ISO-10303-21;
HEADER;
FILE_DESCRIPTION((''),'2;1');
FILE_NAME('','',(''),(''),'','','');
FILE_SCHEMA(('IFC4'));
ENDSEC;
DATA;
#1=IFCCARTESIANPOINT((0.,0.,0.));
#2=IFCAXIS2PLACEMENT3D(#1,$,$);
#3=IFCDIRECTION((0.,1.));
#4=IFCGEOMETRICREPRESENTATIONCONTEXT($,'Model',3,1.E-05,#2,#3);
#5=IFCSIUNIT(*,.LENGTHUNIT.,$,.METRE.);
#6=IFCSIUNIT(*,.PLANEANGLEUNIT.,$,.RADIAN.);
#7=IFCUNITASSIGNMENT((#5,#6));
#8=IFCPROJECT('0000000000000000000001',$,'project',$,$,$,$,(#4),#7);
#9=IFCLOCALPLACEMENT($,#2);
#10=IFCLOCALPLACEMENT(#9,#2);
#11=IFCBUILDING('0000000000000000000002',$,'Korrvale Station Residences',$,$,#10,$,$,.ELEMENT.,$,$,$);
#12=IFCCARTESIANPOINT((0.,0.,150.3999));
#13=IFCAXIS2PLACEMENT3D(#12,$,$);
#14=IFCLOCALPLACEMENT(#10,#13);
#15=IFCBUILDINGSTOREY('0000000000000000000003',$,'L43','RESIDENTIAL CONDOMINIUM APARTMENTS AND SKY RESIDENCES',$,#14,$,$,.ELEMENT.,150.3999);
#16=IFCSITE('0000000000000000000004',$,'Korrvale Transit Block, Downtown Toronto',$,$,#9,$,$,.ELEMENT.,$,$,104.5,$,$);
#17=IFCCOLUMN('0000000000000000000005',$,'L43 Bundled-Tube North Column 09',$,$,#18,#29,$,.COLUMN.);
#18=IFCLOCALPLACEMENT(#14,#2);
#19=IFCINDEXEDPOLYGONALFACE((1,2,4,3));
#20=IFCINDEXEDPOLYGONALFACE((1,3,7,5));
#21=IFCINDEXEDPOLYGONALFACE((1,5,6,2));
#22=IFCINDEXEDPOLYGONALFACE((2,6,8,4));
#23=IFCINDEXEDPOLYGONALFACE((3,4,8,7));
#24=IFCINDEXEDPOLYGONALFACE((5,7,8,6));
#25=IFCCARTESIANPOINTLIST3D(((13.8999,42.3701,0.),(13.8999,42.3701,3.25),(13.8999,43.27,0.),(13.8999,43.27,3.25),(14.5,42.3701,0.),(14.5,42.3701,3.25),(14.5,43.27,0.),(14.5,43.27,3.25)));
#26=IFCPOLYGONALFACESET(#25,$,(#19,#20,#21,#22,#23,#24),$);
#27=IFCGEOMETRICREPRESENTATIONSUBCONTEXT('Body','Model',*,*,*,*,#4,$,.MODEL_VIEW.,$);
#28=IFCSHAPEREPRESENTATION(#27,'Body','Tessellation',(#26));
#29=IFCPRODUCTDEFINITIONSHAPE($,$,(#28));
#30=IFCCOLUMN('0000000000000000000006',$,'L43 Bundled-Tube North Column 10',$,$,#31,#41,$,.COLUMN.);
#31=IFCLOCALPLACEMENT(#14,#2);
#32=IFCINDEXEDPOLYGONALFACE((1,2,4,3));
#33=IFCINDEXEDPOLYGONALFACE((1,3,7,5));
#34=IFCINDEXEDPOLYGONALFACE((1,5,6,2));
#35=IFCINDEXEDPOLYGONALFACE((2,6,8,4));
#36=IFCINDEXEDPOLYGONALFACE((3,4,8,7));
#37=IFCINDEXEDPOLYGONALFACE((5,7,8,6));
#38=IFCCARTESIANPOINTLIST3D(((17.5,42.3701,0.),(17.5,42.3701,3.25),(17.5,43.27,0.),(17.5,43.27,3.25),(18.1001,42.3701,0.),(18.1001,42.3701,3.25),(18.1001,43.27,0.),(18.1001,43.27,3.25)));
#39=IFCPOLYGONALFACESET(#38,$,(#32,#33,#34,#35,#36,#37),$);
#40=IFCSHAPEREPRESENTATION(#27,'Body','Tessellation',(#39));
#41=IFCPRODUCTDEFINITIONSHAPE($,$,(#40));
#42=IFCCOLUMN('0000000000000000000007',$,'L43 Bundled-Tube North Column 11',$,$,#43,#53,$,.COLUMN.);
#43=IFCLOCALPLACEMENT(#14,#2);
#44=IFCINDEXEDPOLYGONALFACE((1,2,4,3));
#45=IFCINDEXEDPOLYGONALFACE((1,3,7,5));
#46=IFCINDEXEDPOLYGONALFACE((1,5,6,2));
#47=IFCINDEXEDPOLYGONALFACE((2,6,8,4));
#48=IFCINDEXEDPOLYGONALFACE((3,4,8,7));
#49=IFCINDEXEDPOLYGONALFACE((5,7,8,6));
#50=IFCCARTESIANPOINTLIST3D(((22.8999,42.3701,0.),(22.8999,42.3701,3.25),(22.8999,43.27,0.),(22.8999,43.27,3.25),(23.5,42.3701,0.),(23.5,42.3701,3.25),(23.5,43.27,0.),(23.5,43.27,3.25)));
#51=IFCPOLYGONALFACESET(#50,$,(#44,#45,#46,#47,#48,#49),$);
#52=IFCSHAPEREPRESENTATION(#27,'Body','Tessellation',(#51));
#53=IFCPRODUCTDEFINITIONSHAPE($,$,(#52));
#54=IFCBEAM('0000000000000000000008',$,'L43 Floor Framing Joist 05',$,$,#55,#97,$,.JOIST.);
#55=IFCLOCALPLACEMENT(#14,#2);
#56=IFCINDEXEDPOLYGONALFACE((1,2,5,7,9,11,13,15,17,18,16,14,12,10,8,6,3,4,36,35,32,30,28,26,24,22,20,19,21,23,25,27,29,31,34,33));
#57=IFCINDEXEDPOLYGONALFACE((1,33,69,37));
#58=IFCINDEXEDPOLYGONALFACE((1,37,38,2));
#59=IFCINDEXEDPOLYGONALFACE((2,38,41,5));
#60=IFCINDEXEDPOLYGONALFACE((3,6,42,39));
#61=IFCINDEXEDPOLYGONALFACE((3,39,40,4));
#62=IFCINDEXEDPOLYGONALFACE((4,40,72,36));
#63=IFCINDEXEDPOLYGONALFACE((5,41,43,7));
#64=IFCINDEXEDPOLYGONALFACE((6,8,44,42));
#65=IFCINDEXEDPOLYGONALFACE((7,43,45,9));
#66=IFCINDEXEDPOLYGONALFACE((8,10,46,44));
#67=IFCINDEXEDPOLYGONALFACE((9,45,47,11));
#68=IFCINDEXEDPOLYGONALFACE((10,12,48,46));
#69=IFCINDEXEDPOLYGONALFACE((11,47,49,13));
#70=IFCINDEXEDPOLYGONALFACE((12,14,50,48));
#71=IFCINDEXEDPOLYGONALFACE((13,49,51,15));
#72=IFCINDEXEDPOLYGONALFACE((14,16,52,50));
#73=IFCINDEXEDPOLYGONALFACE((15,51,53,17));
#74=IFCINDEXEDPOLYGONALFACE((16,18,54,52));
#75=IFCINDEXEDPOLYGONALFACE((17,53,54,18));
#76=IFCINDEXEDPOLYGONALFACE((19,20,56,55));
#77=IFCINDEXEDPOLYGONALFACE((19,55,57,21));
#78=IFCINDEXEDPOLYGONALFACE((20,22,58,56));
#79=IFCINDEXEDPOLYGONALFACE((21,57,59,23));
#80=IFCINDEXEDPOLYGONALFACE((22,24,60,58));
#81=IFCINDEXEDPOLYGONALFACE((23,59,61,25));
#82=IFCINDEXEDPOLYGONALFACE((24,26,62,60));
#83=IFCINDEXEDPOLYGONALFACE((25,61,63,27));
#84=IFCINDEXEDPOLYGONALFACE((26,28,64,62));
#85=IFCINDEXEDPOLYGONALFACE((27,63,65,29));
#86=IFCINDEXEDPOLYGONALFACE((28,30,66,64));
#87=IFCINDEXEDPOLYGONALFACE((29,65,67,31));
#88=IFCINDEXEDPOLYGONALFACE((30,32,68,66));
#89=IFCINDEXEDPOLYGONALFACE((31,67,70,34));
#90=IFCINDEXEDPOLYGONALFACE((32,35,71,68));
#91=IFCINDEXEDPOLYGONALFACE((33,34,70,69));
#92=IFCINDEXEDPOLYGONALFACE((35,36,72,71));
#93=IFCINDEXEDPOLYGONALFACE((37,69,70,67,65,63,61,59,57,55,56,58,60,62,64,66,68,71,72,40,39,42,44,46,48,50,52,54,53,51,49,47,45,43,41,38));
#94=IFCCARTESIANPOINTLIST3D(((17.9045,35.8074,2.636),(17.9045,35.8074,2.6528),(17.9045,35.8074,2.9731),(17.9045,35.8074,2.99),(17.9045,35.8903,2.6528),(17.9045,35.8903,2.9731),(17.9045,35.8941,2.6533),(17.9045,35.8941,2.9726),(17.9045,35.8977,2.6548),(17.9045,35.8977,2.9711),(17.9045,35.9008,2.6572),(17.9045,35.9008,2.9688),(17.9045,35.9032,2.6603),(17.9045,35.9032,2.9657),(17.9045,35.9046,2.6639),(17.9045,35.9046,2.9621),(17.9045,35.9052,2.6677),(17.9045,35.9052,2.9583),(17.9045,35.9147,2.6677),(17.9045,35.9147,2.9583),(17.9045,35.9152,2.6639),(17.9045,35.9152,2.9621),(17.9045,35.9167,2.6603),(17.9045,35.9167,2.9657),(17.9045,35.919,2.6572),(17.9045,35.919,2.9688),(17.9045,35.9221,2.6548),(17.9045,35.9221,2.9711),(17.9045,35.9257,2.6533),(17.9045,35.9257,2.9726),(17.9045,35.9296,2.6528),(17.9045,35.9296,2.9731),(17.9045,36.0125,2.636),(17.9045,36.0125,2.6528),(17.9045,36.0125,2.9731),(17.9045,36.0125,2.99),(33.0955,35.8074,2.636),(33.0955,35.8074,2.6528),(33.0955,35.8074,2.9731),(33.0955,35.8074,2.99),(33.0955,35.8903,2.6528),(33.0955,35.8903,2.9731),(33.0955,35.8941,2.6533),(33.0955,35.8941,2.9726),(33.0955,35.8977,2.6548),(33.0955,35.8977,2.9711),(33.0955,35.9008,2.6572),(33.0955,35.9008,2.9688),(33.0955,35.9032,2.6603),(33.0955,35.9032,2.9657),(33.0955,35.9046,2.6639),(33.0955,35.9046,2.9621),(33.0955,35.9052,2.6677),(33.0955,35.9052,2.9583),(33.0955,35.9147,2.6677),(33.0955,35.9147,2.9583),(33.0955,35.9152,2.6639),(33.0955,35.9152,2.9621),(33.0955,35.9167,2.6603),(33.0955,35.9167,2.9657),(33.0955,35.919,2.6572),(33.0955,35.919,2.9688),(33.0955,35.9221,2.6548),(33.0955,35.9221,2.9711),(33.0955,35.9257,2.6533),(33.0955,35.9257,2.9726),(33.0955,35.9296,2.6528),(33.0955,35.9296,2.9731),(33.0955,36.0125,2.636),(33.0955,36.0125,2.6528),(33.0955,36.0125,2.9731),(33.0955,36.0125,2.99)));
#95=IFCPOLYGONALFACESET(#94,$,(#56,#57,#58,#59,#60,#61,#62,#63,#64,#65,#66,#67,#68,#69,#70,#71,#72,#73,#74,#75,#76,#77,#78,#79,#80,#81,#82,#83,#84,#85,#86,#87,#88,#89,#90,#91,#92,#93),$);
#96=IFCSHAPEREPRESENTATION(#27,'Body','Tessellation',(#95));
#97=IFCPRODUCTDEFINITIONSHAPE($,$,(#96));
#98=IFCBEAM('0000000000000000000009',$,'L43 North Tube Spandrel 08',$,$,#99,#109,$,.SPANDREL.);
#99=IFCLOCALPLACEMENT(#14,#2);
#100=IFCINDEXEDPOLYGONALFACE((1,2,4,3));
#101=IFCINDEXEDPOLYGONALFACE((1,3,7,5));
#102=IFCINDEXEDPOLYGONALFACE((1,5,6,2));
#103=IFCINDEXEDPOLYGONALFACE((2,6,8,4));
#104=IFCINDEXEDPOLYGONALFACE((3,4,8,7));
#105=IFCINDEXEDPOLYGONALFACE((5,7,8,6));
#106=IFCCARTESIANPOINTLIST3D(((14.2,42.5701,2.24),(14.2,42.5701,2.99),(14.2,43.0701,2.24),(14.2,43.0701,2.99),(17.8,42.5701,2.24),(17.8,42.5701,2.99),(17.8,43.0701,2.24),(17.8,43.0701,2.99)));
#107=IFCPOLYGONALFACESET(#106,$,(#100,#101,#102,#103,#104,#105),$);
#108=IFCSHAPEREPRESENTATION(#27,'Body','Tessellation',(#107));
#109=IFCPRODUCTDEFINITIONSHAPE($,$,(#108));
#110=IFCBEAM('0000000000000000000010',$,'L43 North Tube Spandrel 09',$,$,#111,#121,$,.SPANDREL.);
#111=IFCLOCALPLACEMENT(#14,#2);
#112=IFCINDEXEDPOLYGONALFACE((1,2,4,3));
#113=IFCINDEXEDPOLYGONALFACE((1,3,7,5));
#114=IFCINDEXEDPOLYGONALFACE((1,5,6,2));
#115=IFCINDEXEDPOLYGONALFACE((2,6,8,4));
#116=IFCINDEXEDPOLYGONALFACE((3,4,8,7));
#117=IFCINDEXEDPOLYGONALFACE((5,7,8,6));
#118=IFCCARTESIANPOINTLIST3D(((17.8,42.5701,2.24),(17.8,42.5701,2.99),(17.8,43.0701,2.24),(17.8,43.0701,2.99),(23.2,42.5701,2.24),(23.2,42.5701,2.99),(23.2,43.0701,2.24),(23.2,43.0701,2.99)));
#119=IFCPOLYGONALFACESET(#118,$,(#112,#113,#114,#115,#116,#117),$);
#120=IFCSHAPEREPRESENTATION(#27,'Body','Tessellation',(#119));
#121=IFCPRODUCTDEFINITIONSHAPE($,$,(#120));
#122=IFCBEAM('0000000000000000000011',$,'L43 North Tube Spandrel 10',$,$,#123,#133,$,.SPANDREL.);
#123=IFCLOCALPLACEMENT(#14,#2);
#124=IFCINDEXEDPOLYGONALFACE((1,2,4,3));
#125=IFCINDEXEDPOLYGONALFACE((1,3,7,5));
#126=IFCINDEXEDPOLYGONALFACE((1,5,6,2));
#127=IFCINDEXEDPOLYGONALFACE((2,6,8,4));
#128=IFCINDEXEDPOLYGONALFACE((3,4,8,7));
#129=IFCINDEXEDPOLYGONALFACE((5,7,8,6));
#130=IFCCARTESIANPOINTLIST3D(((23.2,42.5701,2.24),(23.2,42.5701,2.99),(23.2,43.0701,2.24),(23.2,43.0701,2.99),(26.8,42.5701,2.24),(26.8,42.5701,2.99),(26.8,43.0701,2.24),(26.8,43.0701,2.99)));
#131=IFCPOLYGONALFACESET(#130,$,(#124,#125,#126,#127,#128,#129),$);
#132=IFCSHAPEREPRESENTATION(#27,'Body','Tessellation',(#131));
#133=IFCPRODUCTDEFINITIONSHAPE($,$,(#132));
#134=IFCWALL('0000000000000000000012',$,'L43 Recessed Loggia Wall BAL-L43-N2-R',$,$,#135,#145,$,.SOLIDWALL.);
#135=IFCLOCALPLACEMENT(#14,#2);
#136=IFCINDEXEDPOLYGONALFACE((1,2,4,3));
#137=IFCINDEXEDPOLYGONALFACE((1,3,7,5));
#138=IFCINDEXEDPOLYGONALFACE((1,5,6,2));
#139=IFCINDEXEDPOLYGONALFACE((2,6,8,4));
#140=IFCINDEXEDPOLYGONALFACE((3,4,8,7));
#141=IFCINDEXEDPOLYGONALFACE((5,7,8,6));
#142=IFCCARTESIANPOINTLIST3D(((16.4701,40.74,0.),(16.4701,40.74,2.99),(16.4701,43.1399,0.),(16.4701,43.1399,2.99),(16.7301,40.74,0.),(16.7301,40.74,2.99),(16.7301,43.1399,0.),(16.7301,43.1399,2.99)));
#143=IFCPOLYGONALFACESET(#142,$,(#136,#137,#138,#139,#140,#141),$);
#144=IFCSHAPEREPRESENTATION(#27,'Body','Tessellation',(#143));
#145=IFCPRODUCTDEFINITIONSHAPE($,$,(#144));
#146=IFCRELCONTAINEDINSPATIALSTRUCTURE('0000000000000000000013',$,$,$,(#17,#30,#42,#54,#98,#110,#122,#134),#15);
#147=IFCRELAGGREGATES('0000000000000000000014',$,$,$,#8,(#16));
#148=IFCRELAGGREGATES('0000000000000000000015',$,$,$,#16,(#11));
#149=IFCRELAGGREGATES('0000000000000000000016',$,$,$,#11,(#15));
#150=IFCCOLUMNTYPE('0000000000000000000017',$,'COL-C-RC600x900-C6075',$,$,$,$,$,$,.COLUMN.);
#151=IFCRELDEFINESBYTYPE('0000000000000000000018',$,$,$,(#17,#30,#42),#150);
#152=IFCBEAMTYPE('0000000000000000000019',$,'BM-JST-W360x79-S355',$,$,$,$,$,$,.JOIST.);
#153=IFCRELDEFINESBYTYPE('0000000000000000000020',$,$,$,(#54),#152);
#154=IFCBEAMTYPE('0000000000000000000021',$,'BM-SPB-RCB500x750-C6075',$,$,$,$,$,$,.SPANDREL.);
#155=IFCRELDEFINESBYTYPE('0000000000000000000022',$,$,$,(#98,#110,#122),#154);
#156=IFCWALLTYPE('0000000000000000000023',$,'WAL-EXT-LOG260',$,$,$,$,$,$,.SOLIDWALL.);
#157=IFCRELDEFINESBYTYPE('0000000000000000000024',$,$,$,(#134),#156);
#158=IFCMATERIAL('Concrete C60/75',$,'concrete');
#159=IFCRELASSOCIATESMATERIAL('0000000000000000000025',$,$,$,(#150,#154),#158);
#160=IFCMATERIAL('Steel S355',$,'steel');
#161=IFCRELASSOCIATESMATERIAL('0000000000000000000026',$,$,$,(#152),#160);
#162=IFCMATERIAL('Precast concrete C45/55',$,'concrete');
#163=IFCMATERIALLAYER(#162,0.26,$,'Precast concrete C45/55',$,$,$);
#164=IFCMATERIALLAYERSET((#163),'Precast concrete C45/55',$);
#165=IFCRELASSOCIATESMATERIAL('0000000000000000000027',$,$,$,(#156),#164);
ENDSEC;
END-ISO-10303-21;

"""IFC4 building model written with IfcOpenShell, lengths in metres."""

from ifc_helpers import new_model, si_unit, direction, frame, frame_2d, origin, origin_2d, place, context, subcontext, project, spatial, rectangle, i_section, extrude, material, layer, layer_set, material_profile, profile_set, type_object, element, save


model = new_model("IFC4")

# Units and contexts
model_context = context("Model", 3, precision=1e-05, world=origin(), true_north=direction((0.0, 1.0)))
body_context = subcontext(model_context, "Body", "Model", "MODEL_VIEW")
ifc_project = project(units=[si_unit("LENGTHUNIT", "METRE"), si_unit("PLANEANGLEUNIT", "RADIAN")], contexts=[model_context])

# Site, building, storey
site_placement = place(None, origin())
site = spatial("IfcSite", under=ifc_project, at=site_placement, Name="Korrvale Transit Block, Downtown Toronto", CompositionType="ELEMENT", RefElevation=104.5)
building_placement = place(site_placement, origin())
building = spatial("IfcBuilding", under=site, at=building_placement, Name="Korrvale Station Residences", CompositionType="ELEMENT")
storey_placement = place(building_placement, frame((0.0, 0.0, 150.3999)))
storey = spatial("IfcBuildingStorey", under=building, at=storey_placement, Name="L43", Description="RESIDENTIAL CONDOMINIUM APARTMENTS AND SKY RESIDENCES", CompositionType="ELEMENT", Elevation=150.3999)

# Columns
ifc_material_1 = material(Name="Concrete C60/75", Category="concrete")
ifc_material_profile_1 = material_profile(ifc_material_1, rectangle(XDim=0.6001, YDim=0.8999, at=origin_2d()), Name="RC600x900")
ifc_profile_set_1 = profile_set([ifc_material_profile_1], Name="Concrete C60/75")
column_type = type_object("IfcColumnType", Name="COL-C-RC600x900-C6075", PredefinedType="COLUMN", material=ifc_profile_set_1)
for number, where, z_axis, x_axis, name in (
    (1, (14.2, 42.8201, 0.0), (0.0, 0.0, 1.0), (1.0, 0.0, 0.0), "L43 Bundled-Tube North Column 09"),
    (2, (17.8, 42.8201, 0.0), (0.0, 0.0, 1.0), (1.0, 0.0, 0.0), "L43 Bundled-Tube North Column 10"),
    (3, (23.2, 42.8201, 0.0), (0.0, 0.0, 1.0), (1.0, 0.0, 0.0), "L43 Bundled-Tube North Column 11"),
):
    element("IfcColumn", number, at=place(storey_placement, frame(where, z_axis=z_axis, x_axis=x_axis)), inside=storey, type_object=column_type, Name=name, PredefinedType="COLUMN", context=body_context, shape_type="SweptSolid", body=[
        extrude(rectangle(XDim=0.6001, YDim=0.8999, at=origin_2d()), origin(), (0.0, 0.0, 1.0), 3.25),
    ])

# Beams
ifc_material_2 = material(Name="Steel S355", Category="steel")
ifc_material_profile_2 = material_profile(ifc_material_2, i_section(OverallWidth=0.2051, OverallDepth=0.354, WebThickness=0.0095, FlangeThickness=0.0168, FilletRadius=0.0149, at=origin_2d()), Name="W360x79")
ifc_profile_set_2 = profile_set([ifc_material_profile_2], Name="Steel S355")
beam_type_1 = type_object("IfcBeamType", Name="BM-JST-W360x79-S355", PredefinedType="JOIST", material=ifc_profile_set_2)
beam_1_placement = place(storey_placement, frame((17.9045, 35.9099, 2.813), z_axis=(1.0, 0.0, 0.0), x_axis=(0.0, 1.0, 0.0)))
element("IfcBeam", 4, at=beam_1_placement, inside=storey, type_object=beam_type_1, Name="L43 Floor Framing Joist 05", PredefinedType="JOIST", context=body_context, shape_type="SweptSolid", body=[
    extrude(i_section(OverallWidth=0.2051, OverallDepth=0.354, WebThickness=0.0095, FlangeThickness=0.0168, FilletRadius=0.0149, at=origin_2d()), origin(), (0.0, 0.0, 1.0), 15.1909),
])
ifc_material_profile_3 = material_profile(ifc_material_1, rectangle(XDim=0.5, YDim=0.75, at=origin_2d()), Name="RCB500x750")
ifc_profile_set_3 = profile_set([ifc_material_profile_3], Name="Concrete C60/75")
beam_type_2 = type_object("IfcBeamType", Name="BM-SPB-RCB500x750-C6075", PredefinedType="SPANDREL", material=ifc_profile_set_3)
beam_2_placement = place(storey_placement, frame((14.2, 42.8201, 2.615), z_axis=(1.0, 0.0, 0.0), x_axis=(0.0, 1.0, 0.0)))
element("IfcBeam", 5, at=beam_2_placement, inside=storey, type_object=beam_type_2, Name="L43 North Tube Spandrel 08", PredefinedType="SPANDREL", context=body_context, shape_type="SweptSolid", body=[
    extrude(rectangle(XDim=0.5, YDim=0.75, at=origin_2d()), origin(), (0.0, 0.0, 1.0), 3.6001),
])
beam_3_placement = place(storey_placement, frame((17.8, 42.8201, 2.615), z_axis=(1.0, 0.0, 0.0), x_axis=(0.0, 1.0, 0.0)))
element("IfcBeam", 6, at=beam_3_placement, inside=storey, type_object=beam_type_2, Name="L43 North Tube Spandrel 09", PredefinedType="SPANDREL", context=body_context, shape_type="SweptSolid", body=[
    extrude(rectangle(XDim=0.5, YDim=0.75, at=origin_2d()), origin(), (0.0, 0.0, 1.0), 5.3999),
])
beam_4_placement = place(storey_placement, frame((23.2, 42.8201, 2.615), z_axis=(1.0, 0.0, 0.0), x_axis=(0.0, 1.0, 0.0)))
element("IfcBeam", 7, at=beam_4_placement, inside=storey, type_object=beam_type_2, Name="L43 North Tube Spandrel 10", PredefinedType="SPANDREL", context=body_context, shape_type="SweptSolid", body=[
    extrude(rectangle(XDim=0.5, YDim=0.75, at=origin_2d()), origin(), (0.0, 0.0, 1.0), 3.6001),
])

# Wall
ifc_material_3 = material(Name="Precast concrete C45/55", Category="concrete")
ifc_layer_1 = layer(ifc_material_3, 0.26, Name="Precast concrete C45/55")
ifc_layer_set_1 = layer_set([ifc_layer_1], Name="Precast concrete C45/55")
wall_type_1 = type_object("IfcWallType", Name="WAL-EXT-LOG260", PredefinedType="SOLIDWALL", material=ifc_layer_set_1)
wall_1_placement = place(storey_placement, frame((16.6001, 40.74, 0.0), z_axis=(0.0, 0.0, 1.0), x_axis=(0.0, 1.0, 0.0)))
element("IfcWall", 8, at=wall_1_placement, inside=storey, type_object=wall_type_1, Name="L43 Recessed Loggia Wall BAL-L43-N2-R", PredefinedType="SOLIDWALL", context=body_context, shape_type="SweptSolid", body=[
    extrude(rectangle(XDim=2.3999, YDim=0.26, at=frame_2d((1.2, 0.0))), origin(), (0.0, 0.0, 1.0), 2.99),
])

save(model, "model.ifc")
